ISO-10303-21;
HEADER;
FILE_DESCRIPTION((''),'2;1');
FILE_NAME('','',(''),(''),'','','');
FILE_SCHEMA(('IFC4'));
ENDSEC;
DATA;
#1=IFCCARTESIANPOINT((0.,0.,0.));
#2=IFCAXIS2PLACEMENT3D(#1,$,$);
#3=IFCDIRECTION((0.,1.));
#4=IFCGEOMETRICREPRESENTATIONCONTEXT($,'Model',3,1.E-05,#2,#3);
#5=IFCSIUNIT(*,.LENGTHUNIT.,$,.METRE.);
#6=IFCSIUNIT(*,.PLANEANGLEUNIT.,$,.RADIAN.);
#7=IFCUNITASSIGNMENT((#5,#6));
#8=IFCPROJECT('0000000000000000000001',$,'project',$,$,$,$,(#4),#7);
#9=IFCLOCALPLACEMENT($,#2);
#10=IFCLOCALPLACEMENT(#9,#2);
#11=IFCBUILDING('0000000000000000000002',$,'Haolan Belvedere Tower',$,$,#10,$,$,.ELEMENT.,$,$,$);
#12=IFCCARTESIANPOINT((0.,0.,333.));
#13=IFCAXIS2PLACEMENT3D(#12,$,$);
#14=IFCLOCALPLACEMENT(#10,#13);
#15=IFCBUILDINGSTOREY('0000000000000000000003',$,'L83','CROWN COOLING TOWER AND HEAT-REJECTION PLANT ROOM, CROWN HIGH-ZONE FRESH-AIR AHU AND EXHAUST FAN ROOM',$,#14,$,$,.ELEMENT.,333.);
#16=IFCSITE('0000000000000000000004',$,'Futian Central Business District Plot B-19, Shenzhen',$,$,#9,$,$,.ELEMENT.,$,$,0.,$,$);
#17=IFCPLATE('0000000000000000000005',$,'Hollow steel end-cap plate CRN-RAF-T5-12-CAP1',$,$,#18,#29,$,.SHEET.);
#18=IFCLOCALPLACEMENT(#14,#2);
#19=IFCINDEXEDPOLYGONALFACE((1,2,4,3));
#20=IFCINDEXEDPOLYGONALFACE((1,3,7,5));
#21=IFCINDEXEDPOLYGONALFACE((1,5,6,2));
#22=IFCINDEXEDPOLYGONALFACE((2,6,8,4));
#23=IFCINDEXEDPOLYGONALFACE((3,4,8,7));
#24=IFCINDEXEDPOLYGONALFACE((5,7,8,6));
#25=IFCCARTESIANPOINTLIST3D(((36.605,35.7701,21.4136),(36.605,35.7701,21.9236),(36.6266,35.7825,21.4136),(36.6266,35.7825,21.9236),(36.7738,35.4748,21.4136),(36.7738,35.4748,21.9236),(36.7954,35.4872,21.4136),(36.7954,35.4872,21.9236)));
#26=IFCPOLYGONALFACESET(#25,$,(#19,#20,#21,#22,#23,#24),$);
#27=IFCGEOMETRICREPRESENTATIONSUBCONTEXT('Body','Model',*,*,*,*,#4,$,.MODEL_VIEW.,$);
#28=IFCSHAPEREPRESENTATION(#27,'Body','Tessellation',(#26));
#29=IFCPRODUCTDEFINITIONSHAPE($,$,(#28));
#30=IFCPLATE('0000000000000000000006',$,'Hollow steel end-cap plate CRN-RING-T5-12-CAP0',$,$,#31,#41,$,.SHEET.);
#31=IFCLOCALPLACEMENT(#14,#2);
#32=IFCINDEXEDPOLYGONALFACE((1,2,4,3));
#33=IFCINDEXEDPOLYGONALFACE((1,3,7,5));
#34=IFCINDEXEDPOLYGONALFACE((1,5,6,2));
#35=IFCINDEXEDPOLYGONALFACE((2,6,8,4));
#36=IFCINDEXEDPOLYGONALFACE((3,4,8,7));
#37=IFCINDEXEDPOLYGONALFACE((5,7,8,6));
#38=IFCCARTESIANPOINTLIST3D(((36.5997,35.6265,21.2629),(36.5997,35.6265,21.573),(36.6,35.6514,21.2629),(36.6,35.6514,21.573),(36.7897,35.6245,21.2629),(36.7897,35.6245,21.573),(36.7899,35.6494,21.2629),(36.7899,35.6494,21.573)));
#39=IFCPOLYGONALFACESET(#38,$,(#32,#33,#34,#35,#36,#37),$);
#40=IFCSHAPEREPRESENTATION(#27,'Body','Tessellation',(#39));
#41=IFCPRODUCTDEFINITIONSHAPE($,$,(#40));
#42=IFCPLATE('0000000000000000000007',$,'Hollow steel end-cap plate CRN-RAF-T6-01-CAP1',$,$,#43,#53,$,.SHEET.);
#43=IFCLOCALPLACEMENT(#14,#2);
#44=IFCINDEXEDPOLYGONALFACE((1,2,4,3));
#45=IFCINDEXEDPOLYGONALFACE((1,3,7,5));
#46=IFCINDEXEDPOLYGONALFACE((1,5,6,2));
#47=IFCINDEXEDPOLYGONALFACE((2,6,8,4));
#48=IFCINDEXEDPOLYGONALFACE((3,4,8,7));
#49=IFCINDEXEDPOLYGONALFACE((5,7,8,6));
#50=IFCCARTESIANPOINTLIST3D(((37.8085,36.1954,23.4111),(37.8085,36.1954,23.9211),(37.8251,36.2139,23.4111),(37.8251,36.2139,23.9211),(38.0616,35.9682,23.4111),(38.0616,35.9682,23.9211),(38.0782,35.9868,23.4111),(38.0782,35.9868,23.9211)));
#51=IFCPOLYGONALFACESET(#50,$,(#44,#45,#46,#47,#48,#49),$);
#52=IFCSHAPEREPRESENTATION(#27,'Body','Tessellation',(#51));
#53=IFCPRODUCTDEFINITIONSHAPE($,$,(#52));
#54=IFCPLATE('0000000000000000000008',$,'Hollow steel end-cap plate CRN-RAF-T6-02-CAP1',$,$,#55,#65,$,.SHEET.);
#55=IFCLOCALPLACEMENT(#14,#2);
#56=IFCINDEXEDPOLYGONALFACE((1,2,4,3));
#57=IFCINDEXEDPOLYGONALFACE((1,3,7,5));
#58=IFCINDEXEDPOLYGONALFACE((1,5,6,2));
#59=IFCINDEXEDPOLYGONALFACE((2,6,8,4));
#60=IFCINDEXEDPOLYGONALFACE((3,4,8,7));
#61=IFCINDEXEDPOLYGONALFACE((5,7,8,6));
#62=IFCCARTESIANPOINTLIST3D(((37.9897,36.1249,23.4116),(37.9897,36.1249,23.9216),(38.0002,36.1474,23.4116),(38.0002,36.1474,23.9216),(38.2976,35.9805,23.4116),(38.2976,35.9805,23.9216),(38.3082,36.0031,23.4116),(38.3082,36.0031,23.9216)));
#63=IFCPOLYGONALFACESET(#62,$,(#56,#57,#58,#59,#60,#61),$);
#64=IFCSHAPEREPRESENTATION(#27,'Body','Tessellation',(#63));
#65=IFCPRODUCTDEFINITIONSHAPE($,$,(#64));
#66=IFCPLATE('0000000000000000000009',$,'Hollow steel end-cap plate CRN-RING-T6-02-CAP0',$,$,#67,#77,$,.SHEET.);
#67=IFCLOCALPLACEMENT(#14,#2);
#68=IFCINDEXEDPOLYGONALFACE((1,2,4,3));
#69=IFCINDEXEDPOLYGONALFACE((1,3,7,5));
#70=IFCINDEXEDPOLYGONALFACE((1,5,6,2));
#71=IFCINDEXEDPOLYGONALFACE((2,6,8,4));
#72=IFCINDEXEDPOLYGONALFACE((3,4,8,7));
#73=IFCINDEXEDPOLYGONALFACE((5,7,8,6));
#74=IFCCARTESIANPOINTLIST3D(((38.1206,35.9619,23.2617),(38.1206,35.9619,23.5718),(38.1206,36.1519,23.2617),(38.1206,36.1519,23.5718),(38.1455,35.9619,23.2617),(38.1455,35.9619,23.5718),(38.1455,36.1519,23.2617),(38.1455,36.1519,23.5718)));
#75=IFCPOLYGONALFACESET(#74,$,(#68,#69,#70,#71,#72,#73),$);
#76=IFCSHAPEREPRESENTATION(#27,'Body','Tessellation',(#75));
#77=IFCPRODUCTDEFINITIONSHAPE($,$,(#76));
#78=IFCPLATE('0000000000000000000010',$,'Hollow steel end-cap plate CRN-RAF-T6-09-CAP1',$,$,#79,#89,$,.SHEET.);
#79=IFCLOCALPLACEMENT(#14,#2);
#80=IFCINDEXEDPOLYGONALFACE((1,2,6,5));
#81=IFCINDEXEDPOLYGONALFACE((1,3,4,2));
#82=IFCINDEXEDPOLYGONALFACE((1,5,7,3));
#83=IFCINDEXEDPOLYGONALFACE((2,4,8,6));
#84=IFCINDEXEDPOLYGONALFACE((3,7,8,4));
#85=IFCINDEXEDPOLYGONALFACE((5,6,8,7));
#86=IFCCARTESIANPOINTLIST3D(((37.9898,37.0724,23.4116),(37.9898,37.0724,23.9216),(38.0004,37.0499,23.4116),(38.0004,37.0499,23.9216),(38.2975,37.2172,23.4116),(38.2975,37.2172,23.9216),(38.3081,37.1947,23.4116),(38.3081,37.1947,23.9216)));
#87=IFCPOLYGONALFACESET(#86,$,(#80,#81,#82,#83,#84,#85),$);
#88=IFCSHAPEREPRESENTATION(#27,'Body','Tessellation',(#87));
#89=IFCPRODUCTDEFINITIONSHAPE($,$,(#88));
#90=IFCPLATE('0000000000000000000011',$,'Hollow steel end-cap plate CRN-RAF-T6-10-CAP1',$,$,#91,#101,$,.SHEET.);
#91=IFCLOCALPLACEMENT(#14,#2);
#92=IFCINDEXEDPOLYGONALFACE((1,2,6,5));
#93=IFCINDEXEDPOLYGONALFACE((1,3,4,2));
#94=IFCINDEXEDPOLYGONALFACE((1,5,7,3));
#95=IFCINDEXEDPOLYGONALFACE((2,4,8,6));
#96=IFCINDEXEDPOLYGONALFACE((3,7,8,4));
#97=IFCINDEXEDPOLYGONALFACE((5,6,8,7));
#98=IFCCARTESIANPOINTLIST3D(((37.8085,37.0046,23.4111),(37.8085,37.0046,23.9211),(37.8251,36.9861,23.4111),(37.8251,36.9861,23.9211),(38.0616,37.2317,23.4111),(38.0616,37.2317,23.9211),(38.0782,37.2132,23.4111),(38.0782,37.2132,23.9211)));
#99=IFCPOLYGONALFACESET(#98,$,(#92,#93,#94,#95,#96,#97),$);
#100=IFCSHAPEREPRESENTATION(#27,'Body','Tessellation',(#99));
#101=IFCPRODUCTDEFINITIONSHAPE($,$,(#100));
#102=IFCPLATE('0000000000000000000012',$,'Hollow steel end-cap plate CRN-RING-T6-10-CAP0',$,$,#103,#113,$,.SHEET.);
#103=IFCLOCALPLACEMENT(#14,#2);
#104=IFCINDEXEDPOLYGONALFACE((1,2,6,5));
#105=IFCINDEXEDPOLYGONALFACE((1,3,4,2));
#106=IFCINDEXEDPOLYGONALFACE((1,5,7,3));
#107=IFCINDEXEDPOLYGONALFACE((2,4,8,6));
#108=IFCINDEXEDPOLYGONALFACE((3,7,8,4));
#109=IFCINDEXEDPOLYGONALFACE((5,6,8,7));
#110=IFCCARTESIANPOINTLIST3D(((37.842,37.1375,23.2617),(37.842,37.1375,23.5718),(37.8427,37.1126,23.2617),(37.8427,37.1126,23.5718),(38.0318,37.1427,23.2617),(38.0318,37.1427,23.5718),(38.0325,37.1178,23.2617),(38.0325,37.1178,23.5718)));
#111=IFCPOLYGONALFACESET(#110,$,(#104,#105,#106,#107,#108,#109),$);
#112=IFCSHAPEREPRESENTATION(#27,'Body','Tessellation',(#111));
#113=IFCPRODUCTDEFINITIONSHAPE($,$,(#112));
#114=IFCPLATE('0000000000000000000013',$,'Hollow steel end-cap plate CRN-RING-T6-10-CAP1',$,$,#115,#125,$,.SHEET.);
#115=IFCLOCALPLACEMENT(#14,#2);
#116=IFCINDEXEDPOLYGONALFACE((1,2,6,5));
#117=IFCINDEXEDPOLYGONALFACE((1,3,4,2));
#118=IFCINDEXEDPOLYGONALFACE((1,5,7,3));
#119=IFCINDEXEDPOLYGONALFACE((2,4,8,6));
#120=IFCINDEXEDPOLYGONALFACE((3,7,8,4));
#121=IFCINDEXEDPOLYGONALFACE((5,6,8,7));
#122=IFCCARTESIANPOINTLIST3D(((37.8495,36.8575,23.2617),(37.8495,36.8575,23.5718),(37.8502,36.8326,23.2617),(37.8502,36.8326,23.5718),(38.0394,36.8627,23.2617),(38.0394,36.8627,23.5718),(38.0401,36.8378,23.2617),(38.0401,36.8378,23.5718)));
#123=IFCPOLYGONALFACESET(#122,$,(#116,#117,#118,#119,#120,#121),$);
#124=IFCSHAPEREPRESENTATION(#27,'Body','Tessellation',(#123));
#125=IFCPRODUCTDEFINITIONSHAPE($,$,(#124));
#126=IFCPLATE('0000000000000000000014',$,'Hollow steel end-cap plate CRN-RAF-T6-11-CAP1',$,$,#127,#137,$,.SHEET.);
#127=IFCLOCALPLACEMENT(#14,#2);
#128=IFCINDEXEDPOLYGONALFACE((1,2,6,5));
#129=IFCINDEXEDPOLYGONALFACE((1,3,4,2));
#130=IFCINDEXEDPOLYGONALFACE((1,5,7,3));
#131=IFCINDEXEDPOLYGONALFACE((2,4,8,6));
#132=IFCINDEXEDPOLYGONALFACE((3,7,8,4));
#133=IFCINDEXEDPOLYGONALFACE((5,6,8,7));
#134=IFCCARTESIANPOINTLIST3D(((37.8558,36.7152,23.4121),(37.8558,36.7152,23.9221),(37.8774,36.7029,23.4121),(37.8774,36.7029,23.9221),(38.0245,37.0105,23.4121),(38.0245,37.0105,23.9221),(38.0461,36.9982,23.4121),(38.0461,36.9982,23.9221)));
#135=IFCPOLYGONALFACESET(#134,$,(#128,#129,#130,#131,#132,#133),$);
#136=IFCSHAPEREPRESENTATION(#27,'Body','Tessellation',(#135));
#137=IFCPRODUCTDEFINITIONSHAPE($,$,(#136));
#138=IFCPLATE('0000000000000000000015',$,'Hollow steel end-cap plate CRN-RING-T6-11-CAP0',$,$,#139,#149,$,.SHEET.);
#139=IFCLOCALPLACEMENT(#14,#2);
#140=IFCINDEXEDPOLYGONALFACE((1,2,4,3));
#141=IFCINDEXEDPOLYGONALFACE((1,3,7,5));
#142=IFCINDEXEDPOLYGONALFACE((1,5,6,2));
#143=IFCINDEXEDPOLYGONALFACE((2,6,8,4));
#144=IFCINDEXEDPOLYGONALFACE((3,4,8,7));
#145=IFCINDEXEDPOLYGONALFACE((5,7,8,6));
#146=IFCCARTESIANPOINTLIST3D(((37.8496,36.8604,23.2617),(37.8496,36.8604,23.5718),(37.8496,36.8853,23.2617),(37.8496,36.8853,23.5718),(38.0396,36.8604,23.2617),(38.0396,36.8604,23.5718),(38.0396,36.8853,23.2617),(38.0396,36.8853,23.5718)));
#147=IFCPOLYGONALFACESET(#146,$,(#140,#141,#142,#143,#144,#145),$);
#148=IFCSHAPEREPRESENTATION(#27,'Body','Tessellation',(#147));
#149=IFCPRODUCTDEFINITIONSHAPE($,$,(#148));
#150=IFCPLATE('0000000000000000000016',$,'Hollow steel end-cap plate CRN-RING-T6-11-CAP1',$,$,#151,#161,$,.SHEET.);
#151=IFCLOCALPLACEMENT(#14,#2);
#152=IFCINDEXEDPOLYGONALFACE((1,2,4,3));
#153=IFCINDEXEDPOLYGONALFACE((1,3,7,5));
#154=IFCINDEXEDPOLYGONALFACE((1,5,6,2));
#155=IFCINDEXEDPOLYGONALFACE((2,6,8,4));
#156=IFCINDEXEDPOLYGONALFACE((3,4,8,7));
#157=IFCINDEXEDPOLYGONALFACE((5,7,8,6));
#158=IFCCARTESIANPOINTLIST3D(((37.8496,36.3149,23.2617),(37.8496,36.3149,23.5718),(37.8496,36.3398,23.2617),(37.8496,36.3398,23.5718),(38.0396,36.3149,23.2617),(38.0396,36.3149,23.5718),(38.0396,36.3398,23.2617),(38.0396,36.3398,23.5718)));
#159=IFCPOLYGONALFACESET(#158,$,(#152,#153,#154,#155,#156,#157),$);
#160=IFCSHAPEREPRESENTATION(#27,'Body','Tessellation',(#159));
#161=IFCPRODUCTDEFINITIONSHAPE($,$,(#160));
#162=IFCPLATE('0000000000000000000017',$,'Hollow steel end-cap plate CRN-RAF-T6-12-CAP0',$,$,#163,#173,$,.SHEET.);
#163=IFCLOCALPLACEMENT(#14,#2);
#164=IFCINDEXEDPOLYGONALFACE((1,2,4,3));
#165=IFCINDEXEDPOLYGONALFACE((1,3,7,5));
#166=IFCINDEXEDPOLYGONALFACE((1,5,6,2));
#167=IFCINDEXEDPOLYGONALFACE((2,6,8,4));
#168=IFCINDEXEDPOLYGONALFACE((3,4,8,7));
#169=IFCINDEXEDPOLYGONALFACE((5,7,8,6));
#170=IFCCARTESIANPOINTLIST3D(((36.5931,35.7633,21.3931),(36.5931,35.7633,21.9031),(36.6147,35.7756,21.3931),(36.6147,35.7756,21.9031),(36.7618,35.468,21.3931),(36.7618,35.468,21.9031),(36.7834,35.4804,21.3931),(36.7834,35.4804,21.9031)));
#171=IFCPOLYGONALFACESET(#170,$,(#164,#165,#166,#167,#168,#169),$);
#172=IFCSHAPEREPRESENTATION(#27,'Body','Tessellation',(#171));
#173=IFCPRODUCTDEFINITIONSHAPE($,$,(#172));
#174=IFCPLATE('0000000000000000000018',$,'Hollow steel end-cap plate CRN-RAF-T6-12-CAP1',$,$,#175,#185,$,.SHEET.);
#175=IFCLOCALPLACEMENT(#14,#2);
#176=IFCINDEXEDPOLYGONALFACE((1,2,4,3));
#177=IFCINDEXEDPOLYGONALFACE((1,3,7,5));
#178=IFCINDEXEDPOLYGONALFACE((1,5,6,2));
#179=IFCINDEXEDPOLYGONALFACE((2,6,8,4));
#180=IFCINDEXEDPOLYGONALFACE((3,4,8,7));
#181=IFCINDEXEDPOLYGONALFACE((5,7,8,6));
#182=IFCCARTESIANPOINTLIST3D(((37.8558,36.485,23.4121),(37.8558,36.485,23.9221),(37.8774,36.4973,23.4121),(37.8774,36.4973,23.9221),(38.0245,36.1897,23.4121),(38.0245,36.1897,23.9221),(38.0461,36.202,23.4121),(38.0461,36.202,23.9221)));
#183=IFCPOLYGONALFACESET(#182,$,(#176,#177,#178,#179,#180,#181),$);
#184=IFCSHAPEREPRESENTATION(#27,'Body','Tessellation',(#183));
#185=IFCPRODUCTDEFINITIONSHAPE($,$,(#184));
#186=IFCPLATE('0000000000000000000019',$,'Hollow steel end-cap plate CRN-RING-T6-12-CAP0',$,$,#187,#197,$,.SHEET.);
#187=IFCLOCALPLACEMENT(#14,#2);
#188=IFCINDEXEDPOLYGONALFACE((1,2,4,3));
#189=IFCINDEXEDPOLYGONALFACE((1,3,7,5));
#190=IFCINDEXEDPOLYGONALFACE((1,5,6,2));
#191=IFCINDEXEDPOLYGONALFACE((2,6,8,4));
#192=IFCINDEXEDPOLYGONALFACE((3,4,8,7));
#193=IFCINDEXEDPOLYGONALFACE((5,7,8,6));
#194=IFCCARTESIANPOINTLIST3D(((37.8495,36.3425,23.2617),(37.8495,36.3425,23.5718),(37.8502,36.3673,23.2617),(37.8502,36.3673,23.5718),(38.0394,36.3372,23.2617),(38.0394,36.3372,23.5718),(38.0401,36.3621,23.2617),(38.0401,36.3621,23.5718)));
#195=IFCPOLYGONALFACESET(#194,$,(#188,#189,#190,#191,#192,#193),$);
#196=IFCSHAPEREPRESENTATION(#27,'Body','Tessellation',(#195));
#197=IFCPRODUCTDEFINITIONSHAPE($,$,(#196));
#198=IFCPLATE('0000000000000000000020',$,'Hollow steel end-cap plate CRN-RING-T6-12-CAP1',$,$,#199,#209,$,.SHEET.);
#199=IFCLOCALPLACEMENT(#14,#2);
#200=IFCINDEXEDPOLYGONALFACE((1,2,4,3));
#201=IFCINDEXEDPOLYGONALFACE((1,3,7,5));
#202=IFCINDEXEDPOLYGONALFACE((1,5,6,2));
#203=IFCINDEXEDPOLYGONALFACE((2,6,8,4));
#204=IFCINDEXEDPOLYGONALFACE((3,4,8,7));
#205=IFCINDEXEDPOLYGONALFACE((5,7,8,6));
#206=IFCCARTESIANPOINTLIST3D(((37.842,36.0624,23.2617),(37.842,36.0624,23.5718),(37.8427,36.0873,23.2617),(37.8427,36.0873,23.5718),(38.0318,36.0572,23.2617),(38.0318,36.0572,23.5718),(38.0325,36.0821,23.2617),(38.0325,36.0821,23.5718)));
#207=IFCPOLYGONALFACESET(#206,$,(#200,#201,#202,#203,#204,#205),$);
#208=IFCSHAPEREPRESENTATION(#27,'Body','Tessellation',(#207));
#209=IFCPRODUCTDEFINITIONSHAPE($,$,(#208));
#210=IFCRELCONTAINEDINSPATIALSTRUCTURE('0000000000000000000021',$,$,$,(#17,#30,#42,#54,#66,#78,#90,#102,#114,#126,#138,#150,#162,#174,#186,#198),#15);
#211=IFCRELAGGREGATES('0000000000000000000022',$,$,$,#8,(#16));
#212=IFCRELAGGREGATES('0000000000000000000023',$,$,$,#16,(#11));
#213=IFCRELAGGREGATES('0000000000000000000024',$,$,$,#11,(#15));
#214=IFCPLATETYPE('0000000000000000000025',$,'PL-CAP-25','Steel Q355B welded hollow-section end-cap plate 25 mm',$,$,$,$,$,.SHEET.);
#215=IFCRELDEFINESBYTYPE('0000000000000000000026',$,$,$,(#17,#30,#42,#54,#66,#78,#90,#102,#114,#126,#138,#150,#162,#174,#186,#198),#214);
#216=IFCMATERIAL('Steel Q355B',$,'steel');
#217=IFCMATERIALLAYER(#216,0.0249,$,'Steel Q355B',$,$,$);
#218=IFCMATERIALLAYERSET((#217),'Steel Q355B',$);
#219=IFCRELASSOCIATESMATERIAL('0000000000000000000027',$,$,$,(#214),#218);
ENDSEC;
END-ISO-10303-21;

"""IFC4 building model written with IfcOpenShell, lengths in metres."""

from ifc_helpers import new_model, si_unit, direction, frame, origin, origin_2d, place, context, subcontext, project, spatial, rectangle, extrude, material, layer, layer_set, type_object, element, save


model = new_model("IFC4")

# Units and contexts
model_context = context("Model", 3, precision=1e-05, world=origin(), true_north=direction((0.0, 1.0)))
body_context = subcontext(model_context, "Body", "Model", "MODEL_VIEW")
ifc_project = project(units=[si_unit("LENGTHUNIT", "METRE"), si_unit("PLANEANGLEUNIT", "RADIAN")], contexts=[model_context])

# Site, building, storey
site_placement = place(None, origin())
site = spatial("IfcSite", under=ifc_project, at=site_placement, Name="Futian Central Business District Plot B-19, Shenzhen", CompositionType="ELEMENT", RefElevation=0.0)
building_placement = place(site_placement, origin())
building = spatial("IfcBuilding", under=site, at=building_placement, Name="Haolan Belvedere Tower", CompositionType="ELEMENT")
storey_placement = place(building_placement, frame((0.0, 0.0, 333.0)))
storey = spatial("IfcBuildingStorey", under=building, at=storey_placement, Name="L83", Description="CROWN COOLING TOWER AND HEAT-REJECTION PLANT ROOM, CROWN HIGH-ZONE FRESH-AIR AHU AND EXHAUST FAN ROOM", CompositionType="ELEMENT", Elevation=333.0)

# Shared definitions
ifc_material_1 = material(Name="Steel Q355B", Category="steel")

# Plates
ifc_layer_1 = layer(ifc_material_1, 0.0249, Name="Steel Q355B")
ifc_layer_set_1 = layer_set([ifc_layer_1], Name="Steel Q355B")
plate_type = type_object("IfcPlateType", Name="PL-CAP-25", Description="Steel Q355B welded hollow-section end-cap plate 25 mm", PredefinedType="SHEET", material=ifc_layer_set_1)
plate_1_placement = place(storey_placement, frame((36.7002, 35.6287, 21.4136), z_axis=(0.0, 0.0, 1.0), x_axis=(-0.496141, 0.868242, 0.0)))
element("IfcPlate", 1, at=plate_1_placement, inside=storey, type_object=plate_type, Name="Hollow steel end-cap plate CRN-RAF-T5-12-CAP1", PredefinedType="SHEET", context=body_context, shape_type="SweptSolid", body=[
    extrude(rectangle(XDim=0.3401, YDim=0.0249, at=origin_2d()), origin(), (0.0, 0.0, 1.0), 0.51),
])
plate_2_placement = place(storey_placement, frame((36.6948, 35.6379, 21.2629), z_axis=(0.0, 0.0, 1.0), x_axis=(-0.999942, 0.010768, 0.0)))
element("IfcPlate", 2, at=plate_2_placement, inside=storey, type_object=plate_type, Name="Hollow steel end-cap plate CRN-RING-T5-12-CAP0", PredefinedType="SHEET", context=body_context, shape_type="SweptSolid", body=[
    extrude(rectangle(XDim=0.1899, YDim=0.0249, at=origin_2d()), origin(), (0.0, 0.0, 1.0), 0.3101),
])
for number, where, z_axis, x_axis, name in (
    (3, (37.9434, 36.0911, 23.4111), (0.0, 0.0, 1.0), (-0.744288, 0.667859, 0.0), "Hollow steel end-cap plate CRN-RAF-T6-01-CAP1"),
    (4, (38.1489, 36.064, 23.4116), (0.0, 0.0, 1.0), (-0.905487, 0.424373, 0.0), "Hollow steel end-cap plate CRN-RAF-T6-02-CAP1"),
):
    element("IfcPlate", number, at=place(storey_placement, frame(where, z_axis=z_axis, x_axis=x_axis)), inside=storey, type_object=plate_type, Name=name, PredefinedType="SHEET", context=body_context, shape_type="SweptSolid", body=[
        extrude(rectangle(XDim=0.3401, YDim=0.0249, at=origin_2d()), origin(), (0.0, 0.0, 1.0), 0.51),
    ])
plate_3_placement = place(storey_placement, frame((38.1331, 36.0569, 23.2617), z_axis=(0.0, 0.0, 1.0), x_axis=(0.0, -1.0, 0.0)))
element("IfcPlate", 5, at=plate_3_placement, inside=storey, type_object=plate_type, Name="Hollow steel end-cap plate CRN-RING-T6-02-CAP0", PredefinedType="SHEET", context=body_context, shape_type="SweptSolid", body=[
    extrude(rectangle(XDim=0.1899, YDim=0.0249, at=origin_2d()), origin(), (0.0, 0.0, 1.0), 0.3101),
])
for number, where, z_axis, x_axis, name in (
    (6, (38.1489, 37.1335, 23.4116), (0.0, 0.0, 1.0), (0.904827, 0.425779, 0.0), "Hollow steel end-cap plate CRN-RAF-T6-09-CAP1"),
    (7, (37.9434, 37.1089, 23.4111), (0.0, 0.0, 1.0), (0.744288, 0.667859, 0.0), "Hollow steel end-cap plate CRN-RAF-T6-10-CAP1"),
):
    element("IfcPlate", number, at=place(storey_placement, frame(where, z_axis=z_axis, x_axis=x_axis)), inside=storey, type_object=plate_type, Name=name, PredefinedType="SHEET", context=body_context, shape_type="SweptSolid", body=[
        extrude(rectangle(XDim=0.3401, YDim=0.0249, at=origin_2d()), origin(), (0.0, 0.0, 1.0), 0.51),
    ])
for number, where, z_axis, x_axis, name in (
    (8, (37.9373, 37.1277, 23.2617), (0.0, 0.0, 1.0), (-0.999624, -0.027433, 0.0), "Hollow steel end-cap plate CRN-RING-T6-10-CAP0"),
    (9, (37.9448, 36.8477, 23.2617), (0.0, 0.0, 1.0), (0.999624, 0.027433, 0.0), "Hollow steel end-cap plate CRN-RING-T6-10-CAP1"),
):
    element("IfcPlate", number, at=place(storey_placement, frame(where, z_axis=z_axis, x_axis=x_axis)), inside=storey, type_object=plate_type, Name=name, PredefinedType="SHEET", context=body_context, shape_type="SweptSolid", body=[
        extrude(rectangle(XDim=0.1899, YDim=0.0249, at=origin_2d()), origin(), (0.0, 0.0, 1.0), 0.3101),
    ])
plate_4_placement = place(storey_placement, frame((37.9509, 36.8567, 23.4121), z_axis=(0.0, 0.0, 1.0), x_axis=(0.496141, 0.868242, 0.0)))
element("IfcPlate", 10, at=plate_4_placement, inside=storey, type_object=plate_type, Name="Hollow steel end-cap plate CRN-RAF-T6-11-CAP1", PredefinedType="SHEET", context=body_context, shape_type="SweptSolid", body=[
    extrude(rectangle(XDim=0.3401, YDim=0.0249, at=origin_2d()), origin(), (0.0, 0.0, 1.0), 0.51),
])
for number, where, z_axis, x_axis, name in (
    (11, (37.9446, 36.8728, 23.2617), (0.0, 0.0, 1.0), (-1.0, 0.0, 0.0), "Hollow steel end-cap plate CRN-RING-T6-11-CAP0"),
    (12, (37.9446, 36.3274, 23.2617), (0.0, 0.0, 1.0), (1.0, 0.0, 0.0), "Hollow steel end-cap plate CRN-RING-T6-11-CAP1"),
):
    element("IfcPlate", number, at=place(storey_placement, frame(where, z_axis=z_axis, x_axis=x_axis)), inside=storey, type_object=plate_type, Name=name, PredefinedType="SHEET", context=body_context, shape_type="SweptSolid", body=[
        extrude(rectangle(XDim=0.1899, YDim=0.0249, at=origin_2d()), origin(), (0.0, 0.0, 1.0), 0.3101),
    ])
for number, where, z_axis, x_axis, name in (
    (13, (36.6882, 35.6218, 21.3931), (0.0, 0.0, 1.0), (0.496141, -0.868242, 0.0), "Hollow steel end-cap plate CRN-RAF-T6-12-CAP0"),
    (14, (37.9509, 36.3435, 23.4121), (0.0, 0.0, 1.0), (-0.496141, 0.868242, 0.0), "Hollow steel end-cap plate CRN-RAF-T6-12-CAP1"),
):
    element("IfcPlate", number, at=place(storey_placement, frame(where, z_axis=z_axis, x_axis=x_axis)), inside=storey, type_object=plate_type, Name=name, PredefinedType="SHEET", context=body_context, shape_type="SweptSolid", body=[
        extrude(rectangle(XDim=0.3401, YDim=0.0249, at=origin_2d()), origin(), (0.0, 0.0, 1.0), 0.51),
    ])
for number, where, z_axis, x_axis, name in (
    (15, (37.9448, 36.3523, 23.2617), (0.0, 0.0, 1.0), (-0.999624, 0.027433, 0.0), "Hollow steel end-cap plate CRN-RING-T6-12-CAP0"),
    (16, (37.9373, 36.0723, 23.2617), (0.0, 0.0, 1.0), (0.999624, -0.027433, 0.0), "Hollow steel end-cap plate CRN-RING-T6-12-CAP1"),
):
    element("IfcPlate", number, at=place(storey_placement, frame(where, z_axis=z_axis, x_axis=x_axis)), inside=storey, type_object=plate_type, Name=name, PredefinedType="SHEET", context=body_context, shape_type="SweptSolid", body=[
        extrude(rectangle(XDim=0.1899, YDim=0.0249, at=origin_2d()), origin(), (0.0, 0.0, 1.0), 0.3101),
    ])

save(model, "model.ifc")
